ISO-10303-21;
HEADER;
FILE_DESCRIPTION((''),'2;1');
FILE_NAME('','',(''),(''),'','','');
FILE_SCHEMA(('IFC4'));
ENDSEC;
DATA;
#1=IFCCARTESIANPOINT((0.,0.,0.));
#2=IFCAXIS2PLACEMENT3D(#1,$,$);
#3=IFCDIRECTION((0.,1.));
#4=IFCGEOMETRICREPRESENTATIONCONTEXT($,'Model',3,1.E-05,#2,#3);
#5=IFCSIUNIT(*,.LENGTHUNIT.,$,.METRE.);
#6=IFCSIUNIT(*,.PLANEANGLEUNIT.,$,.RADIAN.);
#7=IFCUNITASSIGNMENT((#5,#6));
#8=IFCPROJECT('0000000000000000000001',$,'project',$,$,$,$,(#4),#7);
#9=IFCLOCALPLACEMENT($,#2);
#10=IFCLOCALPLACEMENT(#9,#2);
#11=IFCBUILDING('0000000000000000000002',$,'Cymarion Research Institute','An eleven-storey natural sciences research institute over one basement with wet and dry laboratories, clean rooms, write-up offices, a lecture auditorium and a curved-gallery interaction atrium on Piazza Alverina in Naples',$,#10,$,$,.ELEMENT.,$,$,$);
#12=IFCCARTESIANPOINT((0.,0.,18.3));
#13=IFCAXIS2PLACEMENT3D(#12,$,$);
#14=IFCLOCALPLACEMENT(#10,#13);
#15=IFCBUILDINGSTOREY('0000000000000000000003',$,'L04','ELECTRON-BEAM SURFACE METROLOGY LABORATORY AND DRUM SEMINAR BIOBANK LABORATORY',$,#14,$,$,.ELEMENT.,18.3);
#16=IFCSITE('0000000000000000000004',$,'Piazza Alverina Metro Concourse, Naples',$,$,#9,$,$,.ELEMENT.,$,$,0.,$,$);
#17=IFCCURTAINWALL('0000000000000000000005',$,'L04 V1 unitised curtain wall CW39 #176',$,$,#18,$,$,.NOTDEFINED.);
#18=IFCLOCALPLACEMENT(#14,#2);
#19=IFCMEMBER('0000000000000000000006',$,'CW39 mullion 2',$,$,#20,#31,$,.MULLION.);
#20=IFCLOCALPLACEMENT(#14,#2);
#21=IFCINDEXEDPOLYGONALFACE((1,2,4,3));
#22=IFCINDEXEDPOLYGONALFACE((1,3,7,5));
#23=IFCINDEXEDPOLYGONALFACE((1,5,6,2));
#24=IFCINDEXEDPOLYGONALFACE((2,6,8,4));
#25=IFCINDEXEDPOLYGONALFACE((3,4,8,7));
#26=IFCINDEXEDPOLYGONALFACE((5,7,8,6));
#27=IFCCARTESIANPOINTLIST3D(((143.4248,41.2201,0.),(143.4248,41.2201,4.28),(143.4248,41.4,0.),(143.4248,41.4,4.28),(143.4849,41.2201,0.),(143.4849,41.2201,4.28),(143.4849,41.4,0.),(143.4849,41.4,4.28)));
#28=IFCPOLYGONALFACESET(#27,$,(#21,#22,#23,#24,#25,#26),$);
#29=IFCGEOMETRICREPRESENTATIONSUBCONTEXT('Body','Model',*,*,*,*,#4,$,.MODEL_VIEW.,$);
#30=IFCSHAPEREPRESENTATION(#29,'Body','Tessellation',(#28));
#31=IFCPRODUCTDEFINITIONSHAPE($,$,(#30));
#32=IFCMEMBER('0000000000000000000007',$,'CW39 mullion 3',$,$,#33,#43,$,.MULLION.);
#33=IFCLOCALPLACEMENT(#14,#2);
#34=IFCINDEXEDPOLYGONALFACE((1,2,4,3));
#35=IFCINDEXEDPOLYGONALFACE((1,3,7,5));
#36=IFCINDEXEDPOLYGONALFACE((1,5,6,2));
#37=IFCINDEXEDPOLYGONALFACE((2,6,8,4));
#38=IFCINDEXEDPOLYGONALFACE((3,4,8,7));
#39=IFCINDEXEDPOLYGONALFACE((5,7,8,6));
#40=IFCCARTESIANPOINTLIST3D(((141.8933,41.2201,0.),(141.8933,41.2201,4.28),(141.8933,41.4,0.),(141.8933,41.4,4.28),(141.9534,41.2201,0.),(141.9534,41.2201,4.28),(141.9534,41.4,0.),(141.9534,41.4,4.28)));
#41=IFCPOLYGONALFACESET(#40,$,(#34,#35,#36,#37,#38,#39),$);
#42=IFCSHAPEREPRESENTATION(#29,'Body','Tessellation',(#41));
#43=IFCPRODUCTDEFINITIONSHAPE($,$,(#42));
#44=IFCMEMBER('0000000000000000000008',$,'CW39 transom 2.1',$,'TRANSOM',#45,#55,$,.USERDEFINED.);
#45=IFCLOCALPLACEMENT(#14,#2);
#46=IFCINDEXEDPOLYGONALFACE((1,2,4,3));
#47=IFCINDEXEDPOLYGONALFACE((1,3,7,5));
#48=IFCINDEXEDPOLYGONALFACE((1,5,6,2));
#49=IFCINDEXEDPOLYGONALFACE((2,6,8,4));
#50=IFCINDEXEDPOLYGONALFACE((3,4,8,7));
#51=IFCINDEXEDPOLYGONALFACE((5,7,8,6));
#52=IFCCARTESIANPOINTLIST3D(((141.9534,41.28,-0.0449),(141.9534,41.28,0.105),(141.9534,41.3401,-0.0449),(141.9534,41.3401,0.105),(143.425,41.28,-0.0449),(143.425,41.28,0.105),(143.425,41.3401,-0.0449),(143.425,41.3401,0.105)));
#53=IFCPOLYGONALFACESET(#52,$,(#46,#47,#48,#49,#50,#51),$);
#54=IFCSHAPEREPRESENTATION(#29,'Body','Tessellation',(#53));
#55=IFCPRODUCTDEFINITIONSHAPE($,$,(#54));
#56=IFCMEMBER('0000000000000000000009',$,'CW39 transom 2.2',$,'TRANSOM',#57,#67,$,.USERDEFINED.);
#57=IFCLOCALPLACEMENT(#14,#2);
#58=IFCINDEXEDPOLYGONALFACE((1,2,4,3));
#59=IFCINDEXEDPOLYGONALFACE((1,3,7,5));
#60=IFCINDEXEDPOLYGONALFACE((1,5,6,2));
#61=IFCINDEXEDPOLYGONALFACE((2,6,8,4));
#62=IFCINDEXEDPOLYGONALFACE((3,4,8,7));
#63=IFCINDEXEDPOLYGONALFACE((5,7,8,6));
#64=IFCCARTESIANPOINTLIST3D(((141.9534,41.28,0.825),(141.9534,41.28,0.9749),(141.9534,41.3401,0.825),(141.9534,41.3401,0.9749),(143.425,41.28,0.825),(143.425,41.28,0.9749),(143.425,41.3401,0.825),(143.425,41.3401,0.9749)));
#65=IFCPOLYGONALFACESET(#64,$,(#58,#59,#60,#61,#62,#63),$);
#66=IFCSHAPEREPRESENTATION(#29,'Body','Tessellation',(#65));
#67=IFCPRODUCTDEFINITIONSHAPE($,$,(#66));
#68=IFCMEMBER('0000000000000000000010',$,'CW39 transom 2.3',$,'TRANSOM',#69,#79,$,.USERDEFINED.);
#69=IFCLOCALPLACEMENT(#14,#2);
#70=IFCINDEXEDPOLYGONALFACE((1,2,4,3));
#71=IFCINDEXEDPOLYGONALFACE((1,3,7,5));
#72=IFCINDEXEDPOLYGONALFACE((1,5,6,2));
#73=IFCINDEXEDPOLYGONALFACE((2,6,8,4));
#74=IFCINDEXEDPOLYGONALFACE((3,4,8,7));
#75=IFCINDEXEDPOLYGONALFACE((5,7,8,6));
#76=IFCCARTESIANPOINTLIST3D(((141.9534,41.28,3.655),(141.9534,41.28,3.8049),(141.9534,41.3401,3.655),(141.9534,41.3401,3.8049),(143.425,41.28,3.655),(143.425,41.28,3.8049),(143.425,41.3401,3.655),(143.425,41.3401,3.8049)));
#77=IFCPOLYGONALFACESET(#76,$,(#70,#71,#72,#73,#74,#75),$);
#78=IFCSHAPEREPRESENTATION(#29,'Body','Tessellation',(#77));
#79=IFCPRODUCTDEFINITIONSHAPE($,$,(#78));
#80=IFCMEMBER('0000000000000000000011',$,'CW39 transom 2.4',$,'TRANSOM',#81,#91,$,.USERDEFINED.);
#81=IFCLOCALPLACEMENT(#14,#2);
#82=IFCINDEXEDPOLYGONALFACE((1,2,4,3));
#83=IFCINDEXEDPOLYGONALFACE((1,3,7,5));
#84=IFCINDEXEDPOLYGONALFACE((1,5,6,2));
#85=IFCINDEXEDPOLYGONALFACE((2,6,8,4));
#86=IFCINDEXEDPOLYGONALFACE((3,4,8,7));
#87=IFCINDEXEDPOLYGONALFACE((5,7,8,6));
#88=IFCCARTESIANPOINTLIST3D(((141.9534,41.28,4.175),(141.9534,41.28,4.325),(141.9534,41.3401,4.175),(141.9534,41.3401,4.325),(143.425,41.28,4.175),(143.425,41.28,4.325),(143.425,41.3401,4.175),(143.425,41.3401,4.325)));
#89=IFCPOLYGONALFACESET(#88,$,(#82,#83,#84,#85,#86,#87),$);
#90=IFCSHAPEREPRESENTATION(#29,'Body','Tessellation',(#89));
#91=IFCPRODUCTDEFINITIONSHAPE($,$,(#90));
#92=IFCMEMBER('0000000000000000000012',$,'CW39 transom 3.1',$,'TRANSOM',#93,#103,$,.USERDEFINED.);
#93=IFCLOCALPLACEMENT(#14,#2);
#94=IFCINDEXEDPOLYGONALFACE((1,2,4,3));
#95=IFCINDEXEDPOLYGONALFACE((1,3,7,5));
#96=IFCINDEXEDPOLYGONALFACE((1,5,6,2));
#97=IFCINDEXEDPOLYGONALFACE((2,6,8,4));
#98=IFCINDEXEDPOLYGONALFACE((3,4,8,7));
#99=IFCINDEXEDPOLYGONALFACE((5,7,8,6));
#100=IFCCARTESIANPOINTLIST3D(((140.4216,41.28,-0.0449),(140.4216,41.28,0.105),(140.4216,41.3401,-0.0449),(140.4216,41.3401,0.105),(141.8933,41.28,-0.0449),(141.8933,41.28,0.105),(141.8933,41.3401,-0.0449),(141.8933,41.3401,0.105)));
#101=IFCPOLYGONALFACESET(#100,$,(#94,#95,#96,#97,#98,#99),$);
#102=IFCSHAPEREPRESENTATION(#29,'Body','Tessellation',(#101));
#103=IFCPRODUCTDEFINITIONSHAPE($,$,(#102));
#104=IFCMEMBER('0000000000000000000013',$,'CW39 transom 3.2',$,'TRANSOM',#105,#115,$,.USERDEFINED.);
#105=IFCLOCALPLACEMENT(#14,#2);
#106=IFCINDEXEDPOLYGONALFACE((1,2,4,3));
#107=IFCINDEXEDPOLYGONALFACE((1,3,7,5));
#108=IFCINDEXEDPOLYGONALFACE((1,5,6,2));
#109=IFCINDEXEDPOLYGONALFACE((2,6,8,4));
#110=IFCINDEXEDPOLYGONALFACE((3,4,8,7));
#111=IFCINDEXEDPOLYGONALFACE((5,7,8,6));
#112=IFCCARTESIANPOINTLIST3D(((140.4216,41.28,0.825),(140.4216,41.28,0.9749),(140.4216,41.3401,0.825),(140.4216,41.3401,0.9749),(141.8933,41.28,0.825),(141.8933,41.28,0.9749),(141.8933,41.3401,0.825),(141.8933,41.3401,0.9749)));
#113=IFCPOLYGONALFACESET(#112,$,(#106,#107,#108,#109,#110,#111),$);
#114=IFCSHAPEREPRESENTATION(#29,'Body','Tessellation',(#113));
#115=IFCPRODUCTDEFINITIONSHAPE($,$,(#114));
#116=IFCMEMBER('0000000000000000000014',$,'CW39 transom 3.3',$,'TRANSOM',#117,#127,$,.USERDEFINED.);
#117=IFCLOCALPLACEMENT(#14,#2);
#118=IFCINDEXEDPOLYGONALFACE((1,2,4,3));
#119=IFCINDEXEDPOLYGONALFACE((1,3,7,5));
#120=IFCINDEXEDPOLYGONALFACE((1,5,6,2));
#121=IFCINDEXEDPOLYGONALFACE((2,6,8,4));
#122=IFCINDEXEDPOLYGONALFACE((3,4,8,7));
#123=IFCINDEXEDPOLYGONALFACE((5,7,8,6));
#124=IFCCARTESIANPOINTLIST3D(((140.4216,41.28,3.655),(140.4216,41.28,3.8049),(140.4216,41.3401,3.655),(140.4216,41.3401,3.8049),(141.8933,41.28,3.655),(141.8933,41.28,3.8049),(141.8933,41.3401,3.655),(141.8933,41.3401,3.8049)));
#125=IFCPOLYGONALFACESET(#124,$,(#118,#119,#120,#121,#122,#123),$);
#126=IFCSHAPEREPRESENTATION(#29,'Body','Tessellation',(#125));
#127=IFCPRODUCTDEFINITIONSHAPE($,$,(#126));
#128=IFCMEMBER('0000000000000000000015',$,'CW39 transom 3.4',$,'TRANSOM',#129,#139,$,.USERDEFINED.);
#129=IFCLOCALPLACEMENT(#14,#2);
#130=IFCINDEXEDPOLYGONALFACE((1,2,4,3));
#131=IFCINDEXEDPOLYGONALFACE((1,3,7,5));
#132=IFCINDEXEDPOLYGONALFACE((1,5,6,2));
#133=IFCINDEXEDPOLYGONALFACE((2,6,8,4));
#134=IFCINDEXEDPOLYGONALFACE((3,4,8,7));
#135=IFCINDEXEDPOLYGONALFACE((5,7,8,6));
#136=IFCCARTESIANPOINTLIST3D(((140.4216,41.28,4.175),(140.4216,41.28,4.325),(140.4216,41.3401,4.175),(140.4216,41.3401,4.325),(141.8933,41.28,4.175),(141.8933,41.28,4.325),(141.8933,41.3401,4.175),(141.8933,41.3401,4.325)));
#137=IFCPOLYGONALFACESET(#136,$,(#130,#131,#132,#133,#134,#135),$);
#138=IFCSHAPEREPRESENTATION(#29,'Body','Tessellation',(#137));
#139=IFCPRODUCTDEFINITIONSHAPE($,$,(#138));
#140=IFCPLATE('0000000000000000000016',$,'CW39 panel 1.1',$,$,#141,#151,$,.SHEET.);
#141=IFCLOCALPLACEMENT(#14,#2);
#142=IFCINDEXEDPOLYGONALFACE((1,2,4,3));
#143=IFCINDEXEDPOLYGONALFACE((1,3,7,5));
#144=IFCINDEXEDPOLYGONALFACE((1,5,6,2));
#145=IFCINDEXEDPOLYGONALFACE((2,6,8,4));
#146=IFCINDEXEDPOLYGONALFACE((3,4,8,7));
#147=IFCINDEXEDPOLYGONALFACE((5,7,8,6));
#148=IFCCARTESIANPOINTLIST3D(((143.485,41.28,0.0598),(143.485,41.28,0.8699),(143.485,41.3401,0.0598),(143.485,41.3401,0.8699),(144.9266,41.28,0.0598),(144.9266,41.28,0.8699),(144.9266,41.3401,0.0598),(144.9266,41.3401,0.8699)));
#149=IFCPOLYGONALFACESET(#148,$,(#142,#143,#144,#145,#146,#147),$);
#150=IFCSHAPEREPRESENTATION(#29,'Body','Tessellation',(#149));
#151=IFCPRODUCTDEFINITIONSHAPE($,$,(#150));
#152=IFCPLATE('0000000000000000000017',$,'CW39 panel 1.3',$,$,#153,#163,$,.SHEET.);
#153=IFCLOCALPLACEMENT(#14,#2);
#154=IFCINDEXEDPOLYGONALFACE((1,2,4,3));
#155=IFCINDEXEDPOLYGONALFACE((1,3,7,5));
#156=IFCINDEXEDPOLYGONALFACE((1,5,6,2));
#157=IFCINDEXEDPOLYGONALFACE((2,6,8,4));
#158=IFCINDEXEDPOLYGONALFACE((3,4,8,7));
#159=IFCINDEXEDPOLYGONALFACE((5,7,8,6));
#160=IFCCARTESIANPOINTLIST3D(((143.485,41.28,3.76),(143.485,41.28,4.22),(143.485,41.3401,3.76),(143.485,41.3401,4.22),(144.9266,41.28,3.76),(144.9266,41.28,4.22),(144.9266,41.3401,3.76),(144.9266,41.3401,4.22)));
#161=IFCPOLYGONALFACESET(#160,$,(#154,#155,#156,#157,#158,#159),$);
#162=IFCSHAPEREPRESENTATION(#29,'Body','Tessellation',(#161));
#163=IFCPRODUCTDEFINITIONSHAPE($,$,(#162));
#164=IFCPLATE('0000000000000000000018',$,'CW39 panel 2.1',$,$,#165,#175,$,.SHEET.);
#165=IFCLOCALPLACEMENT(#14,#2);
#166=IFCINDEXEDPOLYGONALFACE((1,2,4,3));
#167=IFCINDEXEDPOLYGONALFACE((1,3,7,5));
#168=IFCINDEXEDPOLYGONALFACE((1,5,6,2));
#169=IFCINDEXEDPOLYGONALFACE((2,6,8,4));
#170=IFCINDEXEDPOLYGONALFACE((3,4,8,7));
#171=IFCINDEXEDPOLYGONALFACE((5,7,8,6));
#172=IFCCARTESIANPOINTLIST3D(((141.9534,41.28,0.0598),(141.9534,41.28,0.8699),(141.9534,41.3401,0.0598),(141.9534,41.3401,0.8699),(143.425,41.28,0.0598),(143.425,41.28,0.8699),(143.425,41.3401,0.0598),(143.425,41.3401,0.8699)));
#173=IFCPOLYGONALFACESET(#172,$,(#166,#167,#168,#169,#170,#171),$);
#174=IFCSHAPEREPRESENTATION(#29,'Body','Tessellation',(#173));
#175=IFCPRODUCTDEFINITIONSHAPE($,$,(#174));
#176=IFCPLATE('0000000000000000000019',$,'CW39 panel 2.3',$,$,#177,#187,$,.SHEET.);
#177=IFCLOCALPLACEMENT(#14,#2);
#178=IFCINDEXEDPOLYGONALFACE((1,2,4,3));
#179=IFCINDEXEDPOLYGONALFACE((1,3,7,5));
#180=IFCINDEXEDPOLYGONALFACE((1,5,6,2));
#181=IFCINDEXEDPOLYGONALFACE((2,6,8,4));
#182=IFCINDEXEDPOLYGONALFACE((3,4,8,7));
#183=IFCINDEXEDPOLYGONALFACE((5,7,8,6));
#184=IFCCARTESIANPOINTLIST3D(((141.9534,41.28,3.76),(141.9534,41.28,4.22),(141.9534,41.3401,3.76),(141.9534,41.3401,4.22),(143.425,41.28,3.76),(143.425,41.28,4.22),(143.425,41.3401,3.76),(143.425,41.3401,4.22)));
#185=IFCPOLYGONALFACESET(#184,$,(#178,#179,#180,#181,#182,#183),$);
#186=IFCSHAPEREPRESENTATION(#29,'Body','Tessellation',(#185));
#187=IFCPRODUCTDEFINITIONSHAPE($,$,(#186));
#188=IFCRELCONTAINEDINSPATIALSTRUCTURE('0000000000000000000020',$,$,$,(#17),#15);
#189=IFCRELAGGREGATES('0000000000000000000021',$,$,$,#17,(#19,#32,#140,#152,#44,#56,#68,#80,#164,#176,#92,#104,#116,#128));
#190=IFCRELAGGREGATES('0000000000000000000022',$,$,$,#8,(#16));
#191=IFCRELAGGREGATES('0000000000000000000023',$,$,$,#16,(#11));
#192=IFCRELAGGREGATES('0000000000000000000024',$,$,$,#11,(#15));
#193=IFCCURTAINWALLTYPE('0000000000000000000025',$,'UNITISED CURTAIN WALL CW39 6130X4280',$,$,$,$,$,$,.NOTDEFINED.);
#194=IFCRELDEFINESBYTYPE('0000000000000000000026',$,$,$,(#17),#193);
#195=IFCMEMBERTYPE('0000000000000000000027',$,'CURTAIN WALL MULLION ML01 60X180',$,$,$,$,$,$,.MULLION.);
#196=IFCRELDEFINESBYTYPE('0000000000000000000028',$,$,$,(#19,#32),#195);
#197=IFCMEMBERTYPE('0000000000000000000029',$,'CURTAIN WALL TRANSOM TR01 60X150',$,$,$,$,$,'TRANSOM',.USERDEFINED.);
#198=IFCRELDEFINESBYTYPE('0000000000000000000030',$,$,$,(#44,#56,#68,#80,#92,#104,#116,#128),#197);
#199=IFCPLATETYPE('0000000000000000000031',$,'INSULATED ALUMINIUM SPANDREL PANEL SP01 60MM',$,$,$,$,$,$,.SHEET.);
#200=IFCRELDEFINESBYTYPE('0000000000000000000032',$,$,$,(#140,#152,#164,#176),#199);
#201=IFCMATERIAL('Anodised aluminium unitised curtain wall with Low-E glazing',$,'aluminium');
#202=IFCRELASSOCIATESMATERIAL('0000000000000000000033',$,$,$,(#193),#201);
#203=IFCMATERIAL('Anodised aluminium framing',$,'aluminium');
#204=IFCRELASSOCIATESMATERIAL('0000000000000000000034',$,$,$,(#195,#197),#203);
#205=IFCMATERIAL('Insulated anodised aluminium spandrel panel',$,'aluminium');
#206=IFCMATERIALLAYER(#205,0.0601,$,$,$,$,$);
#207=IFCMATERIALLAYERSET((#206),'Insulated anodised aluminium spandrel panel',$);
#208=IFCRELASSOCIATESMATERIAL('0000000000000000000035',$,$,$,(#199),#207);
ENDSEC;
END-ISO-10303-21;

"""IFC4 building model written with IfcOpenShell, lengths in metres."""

from ifc_helpers import new_model, si_unit, direction, frame, origin, origin_2d, place, context, subcontext, project, spatial, rectangle, extrude, material, layer, layer_set, material_profile, profile_set, type_object, element, aggregate, save


model = new_model("IFC4")

# Units and contexts
model_context = context("Model", 3, precision=1e-05, world=origin(), true_north=direction((0.0, 1.0)))
body_context = subcontext(model_context, "Body", "Model", "MODEL_VIEW")
ifc_project = project(units=[si_unit("LENGTHUNIT", "METRE"), si_unit("PLANEANGLEUNIT", "RADIAN")], contexts=[model_context])

# Site, building, storey
site_placement = place(None, origin())
site = spatial("IfcSite", under=ifc_project, at=site_placement, Name="Piazza Alverina Metro Concourse, Naples", CompositionType="ELEMENT", RefElevation=0.0)
building_placement = place(site_placement, origin())
building = spatial("IfcBuilding", under=site, at=building_placement, Name="Cymarion Research Institute", Description="An eleven-storey natural sciences research institute over one basement with wet and dry laboratories, clean rooms, write-up offices, a lecture auditorium and a curved-gallery interaction atrium on Piazza Alverina in Naples", CompositionType="ELEMENT")
storey_placement = place(building_placement, frame((0.0, 0.0, 18.3)))
storey = spatial("IfcBuildingStorey", under=building, at=storey_placement, Name="L04", Description="ELECTRON-BEAM SURFACE METROLOGY LABORATORY AND DRUM SEMINAR BIOBANK LABORATORY", CompositionType="ELEMENT", Elevation=18.3)

# Curtain wall, members, plates
ifc_material_1 = material(Name="Anodised aluminium unitised curtain wall with Low-E glazing", Category="aluminium")
curtain_wall_type = type_object("IfcCurtainWallType", Name="UNITISED CURTAIN WALL CW39 6130X4280", PredefinedType="NOTDEFINED", material=ifc_material_1)
curtain_wall_placement = place(storey_placement, origin())
curtain_wall = element("IfcCurtainWall", 1, at=curtain_wall_placement, inside=storey, type_object=curtain_wall_type, Name="L04 V1 unitised curtain wall CW39 #176", PredefinedType="NOTDEFINED")
ifc_material_2 = material(Name="Anodised aluminium framing", Category="aluminium")
ifc_material_profile_1 = material_profile(ifc_material_2, rectangle(XDim=0.0601, YDim=0.1799, at=origin_2d()), Name="ALU MULLION 60x180")
ifc_profile_set_1 = profile_set([ifc_material_profile_1], Name="Anodised aluminium framing")
member_type_1 = type_object("IfcMemberType", Name="CURTAIN WALL MULLION ML01 60X180", PredefinedType="MULLION", material=ifc_profile_set_1)
member_1_placement = place(storey_placement, frame((143.4548, 41.3101, 0.0), z_axis=(0.0, 0.0, 1.0), x_axis=(-1.0, 0.0, 0.0)))
member_1 = element("IfcMember", 2, at=member_1_placement, type_object=member_type_1, Name="CW39 mullion 2", PredefinedType="MULLION", context=body_context, shape_type="SweptSolid", body=[
    extrude(rectangle(XDim=0.0601, YDim=0.1799, at=origin_2d()), origin(), (0.0, 0.0, 1.0), 4.28),
])
member_2_placement = place(storey_placement, frame((141.9233, 41.3101, 0.0), z_axis=(0.0, 0.0, 1.0), x_axis=(-1.0, 0.0, 0.0)))
member_2 = element("IfcMember", 3, at=member_2_placement, type_object=member_type_1, Name="CW39 mullion 3", PredefinedType="MULLION", context=body_context, shape_type="SweptSolid", body=[
    extrude(rectangle(XDim=0.0601, YDim=0.1799, at=origin_2d()), origin(), (0.0, 0.0, 1.0), 4.28),
])
ifc_material_profile_2 = material_profile(ifc_material_2, rectangle(XDim=0.0601, YDim=0.1499, at=origin_2d()), Name="ALU TRANSOM 60x150")
ifc_profile_set_2 = profile_set([ifc_material_profile_2], Name="Anodised aluminium framing")
member_type_2 = type_object("IfcMemberType", Name="CURTAIN WALL TRANSOM TR01 60X150", ElementType="TRANSOM", PredefinedType="USERDEFINED", material=ifc_profile_set_2)
member_3_placement = place(storey_placement, frame((143.425, 41.3101, 0.03), z_axis=(-1.0, 0.0, 0.0), x_axis=(0.0, -1.0, 0.0)))
member_3 = element("IfcMember", 4, at=member_3_placement, type_object=member_type_2, Name="CW39 transom 2.1", ObjectType="TRANSOM", PredefinedType="USERDEFINED", context=body_context, shape_type="SweptSolid", body=[
    extrude(rectangle(XDim=0.0601, YDim=0.1499, at=origin_2d()), origin(), (0.0, 0.0, 1.0), 1.4717),
])
member_4_placement = place(storey_placement, frame((143.425, 41.3101, 0.8999), z_axis=(-1.0, 0.0, 0.0), x_axis=(0.0, -1.0, 0.0)))
member_4 = element("IfcMember", 5, at=member_4_placement, type_object=member_type_2, Name="CW39 transom 2.2", ObjectType="TRANSOM", PredefinedType="USERDEFINED", context=body_context, shape_type="SweptSolid", body=[
    extrude(rectangle(XDim=0.0601, YDim=0.1499, at=origin_2d()), origin(), (0.0, 0.0, 1.0), 1.4717),
])
member_5_placement = place(storey_placement, frame((143.425, 41.3101, 3.73), z_axis=(-1.0, 0.0, 0.0), x_axis=(0.0, -1.0, 0.0)))
member_5 = element("IfcMember", 6, at=member_5_placement, type_object=member_type_2, Name="CW39 transom 2.3", ObjectType="TRANSOM", PredefinedType="USERDEFINED", context=body_context, shape_type="SweptSolid", body=[
    extrude(rectangle(XDim=0.0601, YDim=0.1499, at=origin_2d()), origin(), (0.0, 0.0, 1.0), 1.4717),
])
member_6_placement = place(storey_placement, frame((143.425, 41.3101, 4.25), z_axis=(-1.0, 0.0, 0.0), x_axis=(0.0, -1.0, 0.0)))
member_6 = element("IfcMember", 7, at=member_6_placement, type_object=member_type_2, Name="CW39 transom 2.4", ObjectType="TRANSOM", PredefinedType="USERDEFINED", context=body_context, shape_type="SweptSolid", body=[
    extrude(rectangle(XDim=0.0601, YDim=0.1499, at=origin_2d()), origin(), (0.0, 0.0, 1.0), 1.4717),
])
member_7_placement = place(storey_placement, frame((141.8933, 41.3101, 0.03), z_axis=(-1.0, 0.0, 0.0), x_axis=(0.0, -1.0, 0.0)))
member_7 = element("IfcMember", 8, at=member_7_placement, type_object=member_type_2, Name="CW39 transom 3.1", ObjectType="TRANSOM", PredefinedType="USERDEFINED", context=body_context, shape_type="SweptSolid", body=[
    extrude(rectangle(XDim=0.0601, YDim=0.1499, at=origin_2d()), origin(), (0.0, 0.0, 1.0), 1.4717),
])
member_8_placement = place(storey_placement, frame((141.8933, 41.3101, 0.8999), z_axis=(-1.0, 0.0, 0.0), x_axis=(0.0, -1.0, 0.0)))
member_8 = element("IfcMember", 9, at=member_8_placement, type_object=member_type_2, Name="CW39 transom 3.2", ObjectType="TRANSOM", PredefinedType="USERDEFINED", context=body_context, shape_type="SweptSolid", body=[
    extrude(rectangle(XDim=0.0601, YDim=0.1499, at=origin_2d()), origin(), (0.0, 0.0, 1.0), 1.4717),
])
member_9_placement = place(storey_placement, frame((141.8933, 41.3101, 3.73), z_axis=(-1.0, 0.0, 0.0), x_axis=(0.0, -1.0, 0.0)))
member_9 = element("IfcMember", 10, at=member_9_placement, type_object=member_type_2, Name="CW39 transom 3.3", ObjectType="TRANSOM", PredefinedType="USERDEFINED", context=body_context, shape_type="SweptSolid", body=[
    extrude(rectangle(XDim=0.0601, YDim=0.1499, at=origin_2d()), origin(), (0.0, 0.0, 1.0), 1.4717),
])
member_10_placement = place(storey_placement, frame((141.8933, 41.3101, 4.25), z_axis=(-1.0, 0.0, 0.0), x_axis=(0.0, -1.0, 0.0)))
member_10 = element("IfcMember", 11, at=member_10_placement, type_object=member_type_2, Name="CW39 transom 3.4", ObjectType="TRANSOM", PredefinedType="USERDEFINED", context=body_context, shape_type="SweptSolid", body=[
    extrude(rectangle(XDim=0.0601, YDim=0.1499, at=origin_2d()), origin(), (0.0, 0.0, 1.0), 1.4717),
])
ifc_material_3 = material(Name="Insulated anodised aluminium spandrel panel", Category="aluminium")
ifc_layer_1 = layer(ifc_material_3, 0.0601)
ifc_layer_set_1 = layer_set([ifc_layer_1], Name="Insulated anodised aluminium spandrel panel")
plate_type_1 = type_object("IfcPlateType", Name="INSULATED ALUMINIUM SPANDREL PANEL SP01 60MM", PredefinedType="SHEET", material=ifc_layer_set_1)
plate_1_placement = place(storey_placement, frame((144.2058, 41.3101, 0.0598), z_axis=(0.0, 0.0, 1.0), x_axis=(-1.0, 0.0, 0.0)))
plate_1 = element("IfcPlate", 12, at=plate_1_placement, type_object=plate_type_1, Name="CW39 panel 1.1", PredefinedType="SHEET", context=body_context, shape_type="SweptSolid", body=[
    extrude(rectangle(XDim=1.4417, YDim=0.0601, at=origin_2d()), origin(), (0.0, 0.0, 1.0), 0.8101),
])
plate_2_placement = place(storey_placement, frame((144.2058, 41.3101, 3.76), z_axis=(0.0, 0.0, 1.0), x_axis=(-1.0, 0.0, 0.0)))
plate_2 = element("IfcPlate", 13, at=plate_2_placement, type_object=plate_type_1, Name="CW39 panel 1.3", PredefinedType="SHEET", context=body_context, shape_type="SweptSolid", body=[
    extrude(rectangle(XDim=1.4417, YDim=0.0601, at=origin_2d()), origin(), (0.0, 0.0, 1.0), 0.46),
])
plate_3_placement = place(storey_placement, frame((142.6892, 41.3101, 0.0598), z_axis=(0.0, 0.0, 1.0), x_axis=(-1.0, 0.0, 0.0)))
plate_3 = element("IfcPlate", 14, at=plate_3_placement, type_object=plate_type_1, Name="CW39 panel 2.1", PredefinedType="SHEET", context=body_context, shape_type="SweptSolid", body=[
    extrude(rectangle(XDim=1.4717, YDim=0.0601, at=origin_2d()), origin(), (0.0, 0.0, 1.0), 0.8101),
])
plate_4_placement = place(storey_placement, frame((142.6892, 41.3101, 3.76), z_axis=(0.0, 0.0, 1.0), x_axis=(-1.0, 0.0, 0.0)))
plate_4 = element("IfcPlate", 15, at=plate_4_placement, type_object=plate_type_1, Name="CW39 panel 2.3", PredefinedType="SHEET", context=body_context, shape_type="SweptSolid", body=[
    extrude(rectangle(XDim=1.4717, YDim=0.0601, at=origin_2d()), origin(), (0.0, 0.0, 1.0), 0.46),
])
aggregate(curtain_wall, [member_1, member_2, plate_1, plate_2, member_3, member_4, member_5, member_6, plate_3, plate_4, member_7, member_8, member_9, member_10])

save(model, "model.ifc")
